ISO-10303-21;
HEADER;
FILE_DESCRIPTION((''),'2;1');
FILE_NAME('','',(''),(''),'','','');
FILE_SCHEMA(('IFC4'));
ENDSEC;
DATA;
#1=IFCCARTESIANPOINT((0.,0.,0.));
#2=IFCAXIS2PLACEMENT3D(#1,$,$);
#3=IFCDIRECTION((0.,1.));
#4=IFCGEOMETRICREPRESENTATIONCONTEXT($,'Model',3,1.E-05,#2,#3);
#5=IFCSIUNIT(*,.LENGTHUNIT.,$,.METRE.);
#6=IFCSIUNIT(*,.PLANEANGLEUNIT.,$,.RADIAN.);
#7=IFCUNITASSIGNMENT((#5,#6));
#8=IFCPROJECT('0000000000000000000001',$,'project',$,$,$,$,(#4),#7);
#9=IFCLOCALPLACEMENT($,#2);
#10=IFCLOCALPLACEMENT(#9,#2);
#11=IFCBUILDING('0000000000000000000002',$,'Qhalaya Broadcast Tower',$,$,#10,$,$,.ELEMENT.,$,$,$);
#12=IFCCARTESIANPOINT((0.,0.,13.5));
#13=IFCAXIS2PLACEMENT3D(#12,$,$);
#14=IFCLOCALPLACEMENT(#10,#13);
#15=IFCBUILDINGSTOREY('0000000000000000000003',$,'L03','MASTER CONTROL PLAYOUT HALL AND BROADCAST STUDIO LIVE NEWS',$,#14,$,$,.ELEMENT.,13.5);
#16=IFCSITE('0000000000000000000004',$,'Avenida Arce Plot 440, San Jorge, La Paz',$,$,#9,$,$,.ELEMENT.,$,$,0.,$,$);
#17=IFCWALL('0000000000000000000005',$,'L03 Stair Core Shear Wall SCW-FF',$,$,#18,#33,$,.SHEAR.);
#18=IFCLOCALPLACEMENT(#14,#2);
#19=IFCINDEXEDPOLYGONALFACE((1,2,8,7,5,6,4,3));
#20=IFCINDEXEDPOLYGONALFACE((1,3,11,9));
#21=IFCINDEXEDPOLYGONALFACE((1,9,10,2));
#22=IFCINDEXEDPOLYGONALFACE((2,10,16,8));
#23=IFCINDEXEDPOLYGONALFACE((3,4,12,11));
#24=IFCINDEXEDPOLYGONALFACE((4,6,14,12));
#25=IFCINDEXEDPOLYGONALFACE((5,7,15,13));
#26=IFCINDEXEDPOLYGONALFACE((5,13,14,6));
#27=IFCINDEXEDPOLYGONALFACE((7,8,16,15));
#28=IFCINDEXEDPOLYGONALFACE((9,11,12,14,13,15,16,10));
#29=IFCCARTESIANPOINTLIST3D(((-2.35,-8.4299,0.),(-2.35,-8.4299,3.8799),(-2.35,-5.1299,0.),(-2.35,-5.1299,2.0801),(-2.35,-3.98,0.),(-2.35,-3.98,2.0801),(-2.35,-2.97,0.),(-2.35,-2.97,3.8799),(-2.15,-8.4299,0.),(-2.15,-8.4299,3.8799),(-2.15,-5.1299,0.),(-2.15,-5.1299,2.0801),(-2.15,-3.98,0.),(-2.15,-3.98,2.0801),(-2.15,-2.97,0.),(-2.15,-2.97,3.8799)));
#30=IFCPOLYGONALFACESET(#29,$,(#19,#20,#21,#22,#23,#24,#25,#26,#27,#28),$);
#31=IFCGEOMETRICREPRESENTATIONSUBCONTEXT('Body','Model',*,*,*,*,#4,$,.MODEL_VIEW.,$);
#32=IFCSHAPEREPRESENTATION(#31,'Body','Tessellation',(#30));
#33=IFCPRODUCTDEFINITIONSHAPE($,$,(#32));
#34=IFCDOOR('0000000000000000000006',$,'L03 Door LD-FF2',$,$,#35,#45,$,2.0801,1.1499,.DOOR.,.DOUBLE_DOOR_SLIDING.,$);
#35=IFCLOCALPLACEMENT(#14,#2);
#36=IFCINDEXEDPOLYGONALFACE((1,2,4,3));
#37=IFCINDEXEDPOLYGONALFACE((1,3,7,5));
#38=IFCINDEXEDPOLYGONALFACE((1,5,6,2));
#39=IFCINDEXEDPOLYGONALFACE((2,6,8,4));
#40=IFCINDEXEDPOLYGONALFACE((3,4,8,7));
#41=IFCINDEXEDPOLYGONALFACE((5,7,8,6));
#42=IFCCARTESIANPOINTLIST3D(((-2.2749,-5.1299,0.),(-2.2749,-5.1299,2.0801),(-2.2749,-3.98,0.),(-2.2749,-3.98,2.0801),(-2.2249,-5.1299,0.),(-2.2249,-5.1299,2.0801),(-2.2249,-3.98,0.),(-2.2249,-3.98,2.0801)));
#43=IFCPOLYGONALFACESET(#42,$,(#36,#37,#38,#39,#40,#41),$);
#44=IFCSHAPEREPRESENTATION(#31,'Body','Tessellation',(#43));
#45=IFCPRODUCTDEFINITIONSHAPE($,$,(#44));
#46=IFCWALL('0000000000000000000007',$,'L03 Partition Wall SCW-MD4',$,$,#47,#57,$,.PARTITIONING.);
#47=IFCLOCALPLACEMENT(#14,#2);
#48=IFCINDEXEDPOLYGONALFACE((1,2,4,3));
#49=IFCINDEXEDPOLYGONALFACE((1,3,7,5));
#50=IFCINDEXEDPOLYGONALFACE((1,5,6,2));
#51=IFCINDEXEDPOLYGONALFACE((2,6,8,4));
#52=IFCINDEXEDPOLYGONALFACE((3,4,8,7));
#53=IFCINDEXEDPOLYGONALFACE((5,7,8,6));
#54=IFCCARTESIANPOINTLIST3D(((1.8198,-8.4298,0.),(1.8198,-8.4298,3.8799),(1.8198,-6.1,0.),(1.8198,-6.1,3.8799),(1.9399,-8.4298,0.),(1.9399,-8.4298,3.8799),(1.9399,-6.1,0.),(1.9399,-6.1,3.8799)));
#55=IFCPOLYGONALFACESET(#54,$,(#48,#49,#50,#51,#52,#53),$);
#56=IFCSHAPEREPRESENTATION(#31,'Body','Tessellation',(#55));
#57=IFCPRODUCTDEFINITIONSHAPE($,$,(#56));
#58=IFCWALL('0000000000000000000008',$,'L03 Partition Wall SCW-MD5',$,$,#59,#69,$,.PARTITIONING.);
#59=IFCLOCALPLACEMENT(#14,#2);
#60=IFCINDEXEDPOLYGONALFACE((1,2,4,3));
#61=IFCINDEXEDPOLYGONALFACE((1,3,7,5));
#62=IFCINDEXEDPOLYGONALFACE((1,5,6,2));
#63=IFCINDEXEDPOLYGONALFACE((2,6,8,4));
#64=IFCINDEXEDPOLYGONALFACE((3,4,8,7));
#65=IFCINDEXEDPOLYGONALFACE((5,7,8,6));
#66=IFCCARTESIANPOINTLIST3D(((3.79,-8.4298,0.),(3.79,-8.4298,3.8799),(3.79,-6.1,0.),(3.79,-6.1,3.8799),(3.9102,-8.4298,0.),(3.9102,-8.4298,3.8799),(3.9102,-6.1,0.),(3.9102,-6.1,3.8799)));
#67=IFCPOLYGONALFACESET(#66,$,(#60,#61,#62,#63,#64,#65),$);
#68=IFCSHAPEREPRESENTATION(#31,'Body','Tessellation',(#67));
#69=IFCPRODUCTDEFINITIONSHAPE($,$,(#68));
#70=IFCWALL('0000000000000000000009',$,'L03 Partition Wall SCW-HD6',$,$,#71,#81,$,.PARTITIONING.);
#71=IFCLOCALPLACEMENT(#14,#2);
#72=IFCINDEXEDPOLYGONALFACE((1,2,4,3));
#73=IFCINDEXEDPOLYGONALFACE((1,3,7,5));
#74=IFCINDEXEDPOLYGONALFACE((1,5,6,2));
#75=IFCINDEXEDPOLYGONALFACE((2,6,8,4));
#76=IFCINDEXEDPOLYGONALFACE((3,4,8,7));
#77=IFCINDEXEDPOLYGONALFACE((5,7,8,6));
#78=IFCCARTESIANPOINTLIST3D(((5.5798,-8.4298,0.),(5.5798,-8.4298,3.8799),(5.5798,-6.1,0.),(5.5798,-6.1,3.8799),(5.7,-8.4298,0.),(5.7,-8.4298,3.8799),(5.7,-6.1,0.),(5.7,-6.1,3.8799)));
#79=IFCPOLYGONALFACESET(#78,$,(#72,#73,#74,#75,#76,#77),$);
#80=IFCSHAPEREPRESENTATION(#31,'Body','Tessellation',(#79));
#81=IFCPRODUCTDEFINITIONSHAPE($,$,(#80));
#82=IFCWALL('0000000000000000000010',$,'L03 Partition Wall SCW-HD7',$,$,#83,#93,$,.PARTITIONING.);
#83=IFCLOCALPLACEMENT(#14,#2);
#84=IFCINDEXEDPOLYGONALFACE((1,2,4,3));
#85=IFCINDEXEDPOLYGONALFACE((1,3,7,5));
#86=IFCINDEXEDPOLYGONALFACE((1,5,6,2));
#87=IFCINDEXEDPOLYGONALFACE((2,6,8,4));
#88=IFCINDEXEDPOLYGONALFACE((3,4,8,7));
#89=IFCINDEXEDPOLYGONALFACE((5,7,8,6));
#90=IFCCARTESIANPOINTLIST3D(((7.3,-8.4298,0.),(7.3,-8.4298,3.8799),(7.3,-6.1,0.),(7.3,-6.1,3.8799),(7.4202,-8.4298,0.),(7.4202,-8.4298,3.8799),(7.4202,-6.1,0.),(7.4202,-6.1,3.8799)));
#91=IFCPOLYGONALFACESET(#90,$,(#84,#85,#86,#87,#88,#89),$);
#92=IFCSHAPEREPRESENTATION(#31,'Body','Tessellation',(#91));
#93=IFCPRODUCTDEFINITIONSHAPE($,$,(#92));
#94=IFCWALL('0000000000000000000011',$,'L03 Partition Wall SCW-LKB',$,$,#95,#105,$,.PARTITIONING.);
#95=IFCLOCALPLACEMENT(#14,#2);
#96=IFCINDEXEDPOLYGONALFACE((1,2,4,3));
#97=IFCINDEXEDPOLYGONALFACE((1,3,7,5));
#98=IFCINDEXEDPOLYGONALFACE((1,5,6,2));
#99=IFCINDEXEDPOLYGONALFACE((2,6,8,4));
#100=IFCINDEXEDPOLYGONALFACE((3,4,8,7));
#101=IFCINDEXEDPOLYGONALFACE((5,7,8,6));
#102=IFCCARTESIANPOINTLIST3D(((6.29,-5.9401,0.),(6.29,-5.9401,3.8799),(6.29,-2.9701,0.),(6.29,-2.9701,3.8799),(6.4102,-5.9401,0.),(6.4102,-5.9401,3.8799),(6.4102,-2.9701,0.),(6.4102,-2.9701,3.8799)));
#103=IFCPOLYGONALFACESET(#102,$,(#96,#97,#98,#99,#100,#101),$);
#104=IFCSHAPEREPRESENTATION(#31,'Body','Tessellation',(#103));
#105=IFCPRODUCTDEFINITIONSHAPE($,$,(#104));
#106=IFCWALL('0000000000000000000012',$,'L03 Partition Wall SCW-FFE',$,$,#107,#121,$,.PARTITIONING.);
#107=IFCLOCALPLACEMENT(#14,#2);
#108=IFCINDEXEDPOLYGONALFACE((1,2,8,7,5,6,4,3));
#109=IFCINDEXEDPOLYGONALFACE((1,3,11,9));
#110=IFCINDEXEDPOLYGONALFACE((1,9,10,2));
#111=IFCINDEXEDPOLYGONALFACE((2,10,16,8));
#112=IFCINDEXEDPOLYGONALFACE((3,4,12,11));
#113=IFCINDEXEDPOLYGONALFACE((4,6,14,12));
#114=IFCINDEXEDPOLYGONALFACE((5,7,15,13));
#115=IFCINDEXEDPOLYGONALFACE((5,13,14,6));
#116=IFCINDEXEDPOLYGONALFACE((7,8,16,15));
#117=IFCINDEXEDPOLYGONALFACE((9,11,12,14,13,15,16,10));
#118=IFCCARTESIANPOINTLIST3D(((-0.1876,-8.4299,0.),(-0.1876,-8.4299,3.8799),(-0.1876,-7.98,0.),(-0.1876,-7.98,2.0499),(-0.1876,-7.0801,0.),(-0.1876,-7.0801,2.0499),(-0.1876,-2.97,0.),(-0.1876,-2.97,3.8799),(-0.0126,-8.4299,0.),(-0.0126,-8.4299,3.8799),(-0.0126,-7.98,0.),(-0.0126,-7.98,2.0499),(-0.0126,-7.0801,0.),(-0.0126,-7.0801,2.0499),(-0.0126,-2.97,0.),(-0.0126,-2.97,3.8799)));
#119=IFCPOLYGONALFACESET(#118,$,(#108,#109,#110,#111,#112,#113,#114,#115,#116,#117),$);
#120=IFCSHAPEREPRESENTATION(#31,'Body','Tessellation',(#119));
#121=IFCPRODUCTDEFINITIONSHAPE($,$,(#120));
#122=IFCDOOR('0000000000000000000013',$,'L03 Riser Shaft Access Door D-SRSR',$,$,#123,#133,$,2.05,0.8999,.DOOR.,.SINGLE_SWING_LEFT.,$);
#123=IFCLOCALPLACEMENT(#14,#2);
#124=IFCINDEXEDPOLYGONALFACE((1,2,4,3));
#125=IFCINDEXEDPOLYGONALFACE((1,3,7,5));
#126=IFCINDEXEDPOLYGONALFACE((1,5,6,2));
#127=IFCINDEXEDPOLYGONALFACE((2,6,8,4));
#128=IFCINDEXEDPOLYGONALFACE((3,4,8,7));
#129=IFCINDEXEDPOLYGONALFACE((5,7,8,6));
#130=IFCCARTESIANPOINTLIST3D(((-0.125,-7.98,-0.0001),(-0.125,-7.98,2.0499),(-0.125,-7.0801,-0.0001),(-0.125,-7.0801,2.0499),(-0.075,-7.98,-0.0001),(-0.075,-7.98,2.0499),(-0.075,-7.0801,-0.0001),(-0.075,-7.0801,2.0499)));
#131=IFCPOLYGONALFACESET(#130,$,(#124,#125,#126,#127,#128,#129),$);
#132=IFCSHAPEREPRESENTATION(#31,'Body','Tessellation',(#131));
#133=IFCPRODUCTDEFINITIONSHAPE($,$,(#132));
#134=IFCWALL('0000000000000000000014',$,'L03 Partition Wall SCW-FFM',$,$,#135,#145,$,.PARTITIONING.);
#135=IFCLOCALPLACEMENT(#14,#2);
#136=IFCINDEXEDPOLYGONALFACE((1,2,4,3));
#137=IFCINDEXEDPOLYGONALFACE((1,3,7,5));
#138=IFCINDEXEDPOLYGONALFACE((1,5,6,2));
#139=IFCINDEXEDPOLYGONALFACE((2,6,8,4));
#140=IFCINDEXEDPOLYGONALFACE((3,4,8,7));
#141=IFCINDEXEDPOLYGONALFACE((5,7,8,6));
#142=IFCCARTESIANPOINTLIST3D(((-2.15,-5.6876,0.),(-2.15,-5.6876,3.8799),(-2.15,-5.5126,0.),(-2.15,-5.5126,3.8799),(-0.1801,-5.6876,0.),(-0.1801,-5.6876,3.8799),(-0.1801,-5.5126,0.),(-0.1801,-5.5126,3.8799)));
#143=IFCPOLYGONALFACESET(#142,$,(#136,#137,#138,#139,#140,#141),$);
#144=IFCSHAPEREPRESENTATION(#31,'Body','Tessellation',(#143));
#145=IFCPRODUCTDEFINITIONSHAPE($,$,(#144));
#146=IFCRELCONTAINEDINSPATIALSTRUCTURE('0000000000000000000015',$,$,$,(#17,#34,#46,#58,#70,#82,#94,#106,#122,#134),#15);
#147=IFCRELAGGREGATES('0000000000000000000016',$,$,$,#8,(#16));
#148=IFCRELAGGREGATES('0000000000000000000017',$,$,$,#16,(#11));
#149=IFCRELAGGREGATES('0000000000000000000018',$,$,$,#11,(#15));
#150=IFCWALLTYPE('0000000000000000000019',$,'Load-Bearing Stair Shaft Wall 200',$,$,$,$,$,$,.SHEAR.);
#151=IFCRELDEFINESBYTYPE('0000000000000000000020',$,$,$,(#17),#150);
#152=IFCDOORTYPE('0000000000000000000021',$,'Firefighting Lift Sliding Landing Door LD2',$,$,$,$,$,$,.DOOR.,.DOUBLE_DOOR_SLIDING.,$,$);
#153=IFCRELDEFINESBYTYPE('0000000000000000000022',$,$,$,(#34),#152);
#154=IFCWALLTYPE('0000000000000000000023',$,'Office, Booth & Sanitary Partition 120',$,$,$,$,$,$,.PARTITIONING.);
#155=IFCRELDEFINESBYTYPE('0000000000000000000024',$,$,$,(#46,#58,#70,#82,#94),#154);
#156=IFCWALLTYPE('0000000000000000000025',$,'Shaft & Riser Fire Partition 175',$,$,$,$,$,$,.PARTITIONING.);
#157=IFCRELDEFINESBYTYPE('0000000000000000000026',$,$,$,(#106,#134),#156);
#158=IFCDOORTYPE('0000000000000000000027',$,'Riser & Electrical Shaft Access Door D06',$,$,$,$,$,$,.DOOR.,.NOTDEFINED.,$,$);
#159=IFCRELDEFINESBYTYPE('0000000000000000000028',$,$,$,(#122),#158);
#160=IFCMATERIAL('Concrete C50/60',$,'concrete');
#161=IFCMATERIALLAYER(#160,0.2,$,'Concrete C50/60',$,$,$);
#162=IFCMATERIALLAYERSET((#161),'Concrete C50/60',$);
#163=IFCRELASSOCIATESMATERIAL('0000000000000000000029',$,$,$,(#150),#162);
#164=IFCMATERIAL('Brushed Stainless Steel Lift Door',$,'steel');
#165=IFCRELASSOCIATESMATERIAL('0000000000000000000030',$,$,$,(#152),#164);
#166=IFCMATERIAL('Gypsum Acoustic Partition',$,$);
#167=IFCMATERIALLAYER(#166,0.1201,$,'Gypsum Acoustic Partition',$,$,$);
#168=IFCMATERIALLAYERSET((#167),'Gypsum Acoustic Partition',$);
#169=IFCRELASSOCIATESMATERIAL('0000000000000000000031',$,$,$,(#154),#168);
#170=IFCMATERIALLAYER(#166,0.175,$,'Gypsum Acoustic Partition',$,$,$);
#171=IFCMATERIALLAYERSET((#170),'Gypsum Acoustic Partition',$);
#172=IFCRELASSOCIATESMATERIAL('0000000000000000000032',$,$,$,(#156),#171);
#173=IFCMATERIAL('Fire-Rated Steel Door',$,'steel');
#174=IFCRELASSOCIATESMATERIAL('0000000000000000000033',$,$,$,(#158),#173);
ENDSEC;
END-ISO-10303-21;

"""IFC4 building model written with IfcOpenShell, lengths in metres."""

from ifc_helpers import new_model, si_unit, direction, frame, frame_2d, origin, place, context, subcontext, project, spatial, rectangle, extrude, material, layer, layer_set, type_object, element, fill, save


model = new_model("IFC4")

# Units and contexts
model_context = context("Model", 3, precision=1e-05, world=origin(), true_north=direction((0.0, 1.0)))
body_context = subcontext(model_context, "Body", "Model", "MODEL_VIEW")
ifc_project = project(units=[si_unit("LENGTHUNIT", "METRE"), si_unit("PLANEANGLEUNIT", "RADIAN")], contexts=[model_context])

# Site, building, storey
site_placement = place(None, origin())
site = spatial("IfcSite", under=ifc_project, at=site_placement, Name="Avenida Arce Plot 440, San Jorge, La Paz", CompositionType="ELEMENT", RefElevation=0.0)
building_placement = place(site_placement, origin())
building = spatial("IfcBuilding", under=site, at=building_placement, Name="Qhalaya Broadcast Tower", CompositionType="ELEMENT")
storey_placement = place(building_placement, frame((0.0, 0.0, 13.5)))
storey = spatial("IfcBuildingStorey", under=building, at=storey_placement, Name="L03", Description="MASTER CONTROL PLAYOUT HALL AND BROADCAST STUDIO LIVE NEWS", CompositionType="ELEMENT", Elevation=13.5)

# Shared definitions
ifc_material_1 = material(Name="Concrete C50/60", Category="concrete")

# Wall, opening, door
ifc_layer_1 = layer(ifc_material_1, 0.2, Name="Concrete C50/60")
ifc_layer_set_1 = layer_set([ifc_layer_1], Name="Concrete C50/60")
wall_type_1 = type_object("IfcWallType", Name="Load-Bearing Stair Shaft Wall 200", PredefinedType="SHEAR", material=ifc_layer_set_1)
wall_1_placement = place(storey_placement, frame((-2.25, -8.4299, 0.0), z_axis=(0.0, 0.0, 1.0), x_axis=(0.0, 1.0, 0.0)))
wall_1 = element("IfcWall", 1, at=wall_1_placement, inside=storey, type_object=wall_type_1, Name="L03 Stair Core Shear Wall SCW-FF", PredefinedType="SHEAR", context=body_context, shape_type="SweptSolid", body=[
    extrude(rectangle(XDim=5.46, YDim=0.2, at=frame_2d((2.73, 0.0))), origin(), (0.0, 0.0, 1.0), 3.8799),
])
opening_1_placement = place(wall_1_placement, frame((3.3, 0.0, 0.0)))
opening_1 = element("IfcOpeningElement", 2, at=opening_1_placement, cuts=wall_1, PredefinedType="OPENING", context=body_context, shape_type="SweptSolid", body=[
    extrude(rectangle(XDim=1.1499, YDim=2.0801, at=frame_2d((0.575, 1.04))), frame((0.0, 0.1121, 0.0), z_axis=(0.0, -1.0, 0.0), x_axis=(1.0, 0.0, 0.0)), (0.0, 0.0, 1.0), 0.2239),
])
ifc_material_2 = material(Name="Brushed Stainless Steel Lift Door", Category="steel")
door_type_1 = type_object("IfcDoorType", Name="Firefighting Lift Sliding Landing Door LD2", OperationType="DOUBLE_DOOR_SLIDING", PredefinedType="DOOR", material=ifc_material_2)
door_1_placement = place(opening_1_placement, origin())
door_1 = element("IfcDoor", 3, at=door_1_placement, inside=storey, type_object=door_type_1, Name="L03 Door LD-FF2", OperationType="DOUBLE_DOOR_SLIDING", OverallHeight=2.0801, OverallWidth=1.1499, PredefinedType="DOOR", context=body_context, shape_type="SweptSolid", body=[
    extrude(rectangle(XDim=1.1499, YDim=2.0801, at=frame_2d((0.575, 1.04))), frame((0.0, 0.0249, 0.0), z_axis=(0.0, -1.0, 0.0), x_axis=(1.0, 0.0, 0.0)), (0.0, 0.0, 1.0), 0.05),
])
fill(opening_1, door_1)

# Walls
ifc_material_3 = material(Name="Gypsum Acoustic Partition")
ifc_layer_2 = layer(ifc_material_3, 0.1201, Name="Gypsum Acoustic Partition")
ifc_layer_set_2 = layer_set([ifc_layer_2], Name="Gypsum Acoustic Partition")
wall_type_2 = type_object("IfcWallType", Name="Office, Booth & Sanitary Partition 120", PredefinedType="PARTITIONING", material=ifc_layer_set_2)
for number, where, z_axis, x_axis, name in (
    (4, (1.8799, -8.4299, 0.0), (0.0, 0.0, 1.0), (0.0, 1.0, 0.0), "L03 Partition Wall SCW-MD4"),
    (5, (3.8501, -8.4299, 0.0), (0.0, 0.0, 1.0), (0.0, 1.0, 0.0), "L03 Partition Wall SCW-MD5"),
    (6, (5.6399, -8.4299, 0.0), (0.0, 0.0, 1.0), (0.0, 1.0, 0.0), "L03 Partition Wall SCW-HD6"),
    (7, (7.3601, -8.4299, 0.0), (0.0, 0.0, 1.0), (0.0, 1.0, 0.0), "L03 Partition Wall SCW-HD7"),
):
    element("IfcWall", number, at=place(storey_placement, frame(where, z_axis=z_axis, x_axis=x_axis)), inside=storey, type_object=wall_type_2, Name=name, PredefinedType="PARTITIONING", context=body_context, shape_type="SweptSolid", body=[
        extrude(rectangle(XDim=2.3298, YDim=0.1201, at=frame_2d((1.165, 0.0))), origin(), (0.0, 0.0, 1.0), 3.8799),
    ])
wall_2_placement = place(storey_placement, frame((6.3501, -5.9399, 0.0), z_axis=(0.0, 0.0, 1.0), x_axis=(0.0, 1.0, 0.0)))
element("IfcWall", 8, at=wall_2_placement, inside=storey, type_object=wall_type_2, Name="L03 Partition Wall SCW-LKB", PredefinedType="PARTITIONING", context=body_context, shape_type="SweptSolid", body=[
    extrude(rectangle(XDim=2.97, YDim=0.1201, at=frame_2d((1.4849, 0.0))), origin(), (0.0, 0.0, 1.0), 3.8799),
])

# Wall, opening, door
ifc_layer_3 = layer(ifc_material_3, 0.175, Name="Gypsum Acoustic Partition")
ifc_layer_set_3 = layer_set([ifc_layer_3], Name="Gypsum Acoustic Partition")
wall_type_3 = type_object("IfcWallType", Name="Shaft & Riser Fire Partition 175", PredefinedType="PARTITIONING", material=ifc_layer_set_3)
wall_3_placement = place(storey_placement, frame((-0.1001, -8.4299, 0.0), z_axis=(0.0, 0.0, 1.0), x_axis=(0.0, 1.0, 0.0)))
wall_3 = element("IfcWall", 9, at=wall_3_placement, inside=storey, type_object=wall_type_3, Name="L03 Partition Wall SCW-FFE", PredefinedType="PARTITIONING", context=body_context, shape_type="SweptSolid", body=[
    extrude(rectangle(XDim=5.46, YDim=0.175, at=frame_2d((2.73, 0.0))), origin(), (0.0, 0.0, 1.0), 3.8799),
])
opening_2_placement = place(wall_3_placement, frame((0.45, 0.0, 0.0)))
opening_2 = element("IfcOpeningElement", 10, at=opening_2_placement, cuts=wall_3, PredefinedType="OPENING", context=body_context, shape_type="SweptSolid", body=[
    extrude(rectangle(XDim=0.8999, YDim=2.05, at=frame_2d((0.45, 1.0249))), frame((0.0, 0.0996, 0.0), z_axis=(0.0, -1.0, 0.0), x_axis=(1.0, 0.0, 0.0)), (0.0, 0.0, 1.0), 0.199),
])
ifc_material_4 = material(Name="Fire-Rated Steel Door", Category="steel")
door_type_2 = type_object("IfcDoorType", Name="Riser & Electrical Shaft Access Door D06", OperationType="NOTDEFINED", PredefinedType="DOOR", material=ifc_material_4)
door_2_placement = place(opening_2_placement, origin())
door_2 = element("IfcDoor", 11, at=door_2_placement, inside=storey, type_object=door_type_2, Name="L03 Riser Shaft Access Door D-SRSR", OperationType="SINGLE_SWING_LEFT", OverallHeight=2.05, OverallWidth=0.8999, PredefinedType="DOOR", context=body_context, shape_type="SweptSolid", body=[
    extrude(rectangle(XDim=0.8999, YDim=2.05, at=frame_2d((0.45, 1.0249))), frame((0.0, 0.0249, 0.0), z_axis=(0.0, -1.0, 0.0), x_axis=(1.0, 0.0, 0.0)), (0.0, 0.0, 1.0), 0.05),
])
fill(opening_2, door_2)

# Wall
wall_4_placement = place(storey_placement, frame((-2.1499, -5.6001, 0.0), z_axis=(0.0, 0.0, 1.0), x_axis=(1.0, 0.0, 0.0)))
element("IfcWall", 12, at=wall_4_placement, inside=storey, type_object=wall_type_3, Name="L03 Partition Wall SCW-FFM", PredefinedType="PARTITIONING", context=body_context, shape_type="SweptSolid", body=[
    extrude(rectangle(XDim=1.97, YDim=0.175, at=frame_2d((0.9849, 0.0))), origin(), (0.0, 0.0, 1.0), 3.8799),
])

save(model, "model.ifc")
